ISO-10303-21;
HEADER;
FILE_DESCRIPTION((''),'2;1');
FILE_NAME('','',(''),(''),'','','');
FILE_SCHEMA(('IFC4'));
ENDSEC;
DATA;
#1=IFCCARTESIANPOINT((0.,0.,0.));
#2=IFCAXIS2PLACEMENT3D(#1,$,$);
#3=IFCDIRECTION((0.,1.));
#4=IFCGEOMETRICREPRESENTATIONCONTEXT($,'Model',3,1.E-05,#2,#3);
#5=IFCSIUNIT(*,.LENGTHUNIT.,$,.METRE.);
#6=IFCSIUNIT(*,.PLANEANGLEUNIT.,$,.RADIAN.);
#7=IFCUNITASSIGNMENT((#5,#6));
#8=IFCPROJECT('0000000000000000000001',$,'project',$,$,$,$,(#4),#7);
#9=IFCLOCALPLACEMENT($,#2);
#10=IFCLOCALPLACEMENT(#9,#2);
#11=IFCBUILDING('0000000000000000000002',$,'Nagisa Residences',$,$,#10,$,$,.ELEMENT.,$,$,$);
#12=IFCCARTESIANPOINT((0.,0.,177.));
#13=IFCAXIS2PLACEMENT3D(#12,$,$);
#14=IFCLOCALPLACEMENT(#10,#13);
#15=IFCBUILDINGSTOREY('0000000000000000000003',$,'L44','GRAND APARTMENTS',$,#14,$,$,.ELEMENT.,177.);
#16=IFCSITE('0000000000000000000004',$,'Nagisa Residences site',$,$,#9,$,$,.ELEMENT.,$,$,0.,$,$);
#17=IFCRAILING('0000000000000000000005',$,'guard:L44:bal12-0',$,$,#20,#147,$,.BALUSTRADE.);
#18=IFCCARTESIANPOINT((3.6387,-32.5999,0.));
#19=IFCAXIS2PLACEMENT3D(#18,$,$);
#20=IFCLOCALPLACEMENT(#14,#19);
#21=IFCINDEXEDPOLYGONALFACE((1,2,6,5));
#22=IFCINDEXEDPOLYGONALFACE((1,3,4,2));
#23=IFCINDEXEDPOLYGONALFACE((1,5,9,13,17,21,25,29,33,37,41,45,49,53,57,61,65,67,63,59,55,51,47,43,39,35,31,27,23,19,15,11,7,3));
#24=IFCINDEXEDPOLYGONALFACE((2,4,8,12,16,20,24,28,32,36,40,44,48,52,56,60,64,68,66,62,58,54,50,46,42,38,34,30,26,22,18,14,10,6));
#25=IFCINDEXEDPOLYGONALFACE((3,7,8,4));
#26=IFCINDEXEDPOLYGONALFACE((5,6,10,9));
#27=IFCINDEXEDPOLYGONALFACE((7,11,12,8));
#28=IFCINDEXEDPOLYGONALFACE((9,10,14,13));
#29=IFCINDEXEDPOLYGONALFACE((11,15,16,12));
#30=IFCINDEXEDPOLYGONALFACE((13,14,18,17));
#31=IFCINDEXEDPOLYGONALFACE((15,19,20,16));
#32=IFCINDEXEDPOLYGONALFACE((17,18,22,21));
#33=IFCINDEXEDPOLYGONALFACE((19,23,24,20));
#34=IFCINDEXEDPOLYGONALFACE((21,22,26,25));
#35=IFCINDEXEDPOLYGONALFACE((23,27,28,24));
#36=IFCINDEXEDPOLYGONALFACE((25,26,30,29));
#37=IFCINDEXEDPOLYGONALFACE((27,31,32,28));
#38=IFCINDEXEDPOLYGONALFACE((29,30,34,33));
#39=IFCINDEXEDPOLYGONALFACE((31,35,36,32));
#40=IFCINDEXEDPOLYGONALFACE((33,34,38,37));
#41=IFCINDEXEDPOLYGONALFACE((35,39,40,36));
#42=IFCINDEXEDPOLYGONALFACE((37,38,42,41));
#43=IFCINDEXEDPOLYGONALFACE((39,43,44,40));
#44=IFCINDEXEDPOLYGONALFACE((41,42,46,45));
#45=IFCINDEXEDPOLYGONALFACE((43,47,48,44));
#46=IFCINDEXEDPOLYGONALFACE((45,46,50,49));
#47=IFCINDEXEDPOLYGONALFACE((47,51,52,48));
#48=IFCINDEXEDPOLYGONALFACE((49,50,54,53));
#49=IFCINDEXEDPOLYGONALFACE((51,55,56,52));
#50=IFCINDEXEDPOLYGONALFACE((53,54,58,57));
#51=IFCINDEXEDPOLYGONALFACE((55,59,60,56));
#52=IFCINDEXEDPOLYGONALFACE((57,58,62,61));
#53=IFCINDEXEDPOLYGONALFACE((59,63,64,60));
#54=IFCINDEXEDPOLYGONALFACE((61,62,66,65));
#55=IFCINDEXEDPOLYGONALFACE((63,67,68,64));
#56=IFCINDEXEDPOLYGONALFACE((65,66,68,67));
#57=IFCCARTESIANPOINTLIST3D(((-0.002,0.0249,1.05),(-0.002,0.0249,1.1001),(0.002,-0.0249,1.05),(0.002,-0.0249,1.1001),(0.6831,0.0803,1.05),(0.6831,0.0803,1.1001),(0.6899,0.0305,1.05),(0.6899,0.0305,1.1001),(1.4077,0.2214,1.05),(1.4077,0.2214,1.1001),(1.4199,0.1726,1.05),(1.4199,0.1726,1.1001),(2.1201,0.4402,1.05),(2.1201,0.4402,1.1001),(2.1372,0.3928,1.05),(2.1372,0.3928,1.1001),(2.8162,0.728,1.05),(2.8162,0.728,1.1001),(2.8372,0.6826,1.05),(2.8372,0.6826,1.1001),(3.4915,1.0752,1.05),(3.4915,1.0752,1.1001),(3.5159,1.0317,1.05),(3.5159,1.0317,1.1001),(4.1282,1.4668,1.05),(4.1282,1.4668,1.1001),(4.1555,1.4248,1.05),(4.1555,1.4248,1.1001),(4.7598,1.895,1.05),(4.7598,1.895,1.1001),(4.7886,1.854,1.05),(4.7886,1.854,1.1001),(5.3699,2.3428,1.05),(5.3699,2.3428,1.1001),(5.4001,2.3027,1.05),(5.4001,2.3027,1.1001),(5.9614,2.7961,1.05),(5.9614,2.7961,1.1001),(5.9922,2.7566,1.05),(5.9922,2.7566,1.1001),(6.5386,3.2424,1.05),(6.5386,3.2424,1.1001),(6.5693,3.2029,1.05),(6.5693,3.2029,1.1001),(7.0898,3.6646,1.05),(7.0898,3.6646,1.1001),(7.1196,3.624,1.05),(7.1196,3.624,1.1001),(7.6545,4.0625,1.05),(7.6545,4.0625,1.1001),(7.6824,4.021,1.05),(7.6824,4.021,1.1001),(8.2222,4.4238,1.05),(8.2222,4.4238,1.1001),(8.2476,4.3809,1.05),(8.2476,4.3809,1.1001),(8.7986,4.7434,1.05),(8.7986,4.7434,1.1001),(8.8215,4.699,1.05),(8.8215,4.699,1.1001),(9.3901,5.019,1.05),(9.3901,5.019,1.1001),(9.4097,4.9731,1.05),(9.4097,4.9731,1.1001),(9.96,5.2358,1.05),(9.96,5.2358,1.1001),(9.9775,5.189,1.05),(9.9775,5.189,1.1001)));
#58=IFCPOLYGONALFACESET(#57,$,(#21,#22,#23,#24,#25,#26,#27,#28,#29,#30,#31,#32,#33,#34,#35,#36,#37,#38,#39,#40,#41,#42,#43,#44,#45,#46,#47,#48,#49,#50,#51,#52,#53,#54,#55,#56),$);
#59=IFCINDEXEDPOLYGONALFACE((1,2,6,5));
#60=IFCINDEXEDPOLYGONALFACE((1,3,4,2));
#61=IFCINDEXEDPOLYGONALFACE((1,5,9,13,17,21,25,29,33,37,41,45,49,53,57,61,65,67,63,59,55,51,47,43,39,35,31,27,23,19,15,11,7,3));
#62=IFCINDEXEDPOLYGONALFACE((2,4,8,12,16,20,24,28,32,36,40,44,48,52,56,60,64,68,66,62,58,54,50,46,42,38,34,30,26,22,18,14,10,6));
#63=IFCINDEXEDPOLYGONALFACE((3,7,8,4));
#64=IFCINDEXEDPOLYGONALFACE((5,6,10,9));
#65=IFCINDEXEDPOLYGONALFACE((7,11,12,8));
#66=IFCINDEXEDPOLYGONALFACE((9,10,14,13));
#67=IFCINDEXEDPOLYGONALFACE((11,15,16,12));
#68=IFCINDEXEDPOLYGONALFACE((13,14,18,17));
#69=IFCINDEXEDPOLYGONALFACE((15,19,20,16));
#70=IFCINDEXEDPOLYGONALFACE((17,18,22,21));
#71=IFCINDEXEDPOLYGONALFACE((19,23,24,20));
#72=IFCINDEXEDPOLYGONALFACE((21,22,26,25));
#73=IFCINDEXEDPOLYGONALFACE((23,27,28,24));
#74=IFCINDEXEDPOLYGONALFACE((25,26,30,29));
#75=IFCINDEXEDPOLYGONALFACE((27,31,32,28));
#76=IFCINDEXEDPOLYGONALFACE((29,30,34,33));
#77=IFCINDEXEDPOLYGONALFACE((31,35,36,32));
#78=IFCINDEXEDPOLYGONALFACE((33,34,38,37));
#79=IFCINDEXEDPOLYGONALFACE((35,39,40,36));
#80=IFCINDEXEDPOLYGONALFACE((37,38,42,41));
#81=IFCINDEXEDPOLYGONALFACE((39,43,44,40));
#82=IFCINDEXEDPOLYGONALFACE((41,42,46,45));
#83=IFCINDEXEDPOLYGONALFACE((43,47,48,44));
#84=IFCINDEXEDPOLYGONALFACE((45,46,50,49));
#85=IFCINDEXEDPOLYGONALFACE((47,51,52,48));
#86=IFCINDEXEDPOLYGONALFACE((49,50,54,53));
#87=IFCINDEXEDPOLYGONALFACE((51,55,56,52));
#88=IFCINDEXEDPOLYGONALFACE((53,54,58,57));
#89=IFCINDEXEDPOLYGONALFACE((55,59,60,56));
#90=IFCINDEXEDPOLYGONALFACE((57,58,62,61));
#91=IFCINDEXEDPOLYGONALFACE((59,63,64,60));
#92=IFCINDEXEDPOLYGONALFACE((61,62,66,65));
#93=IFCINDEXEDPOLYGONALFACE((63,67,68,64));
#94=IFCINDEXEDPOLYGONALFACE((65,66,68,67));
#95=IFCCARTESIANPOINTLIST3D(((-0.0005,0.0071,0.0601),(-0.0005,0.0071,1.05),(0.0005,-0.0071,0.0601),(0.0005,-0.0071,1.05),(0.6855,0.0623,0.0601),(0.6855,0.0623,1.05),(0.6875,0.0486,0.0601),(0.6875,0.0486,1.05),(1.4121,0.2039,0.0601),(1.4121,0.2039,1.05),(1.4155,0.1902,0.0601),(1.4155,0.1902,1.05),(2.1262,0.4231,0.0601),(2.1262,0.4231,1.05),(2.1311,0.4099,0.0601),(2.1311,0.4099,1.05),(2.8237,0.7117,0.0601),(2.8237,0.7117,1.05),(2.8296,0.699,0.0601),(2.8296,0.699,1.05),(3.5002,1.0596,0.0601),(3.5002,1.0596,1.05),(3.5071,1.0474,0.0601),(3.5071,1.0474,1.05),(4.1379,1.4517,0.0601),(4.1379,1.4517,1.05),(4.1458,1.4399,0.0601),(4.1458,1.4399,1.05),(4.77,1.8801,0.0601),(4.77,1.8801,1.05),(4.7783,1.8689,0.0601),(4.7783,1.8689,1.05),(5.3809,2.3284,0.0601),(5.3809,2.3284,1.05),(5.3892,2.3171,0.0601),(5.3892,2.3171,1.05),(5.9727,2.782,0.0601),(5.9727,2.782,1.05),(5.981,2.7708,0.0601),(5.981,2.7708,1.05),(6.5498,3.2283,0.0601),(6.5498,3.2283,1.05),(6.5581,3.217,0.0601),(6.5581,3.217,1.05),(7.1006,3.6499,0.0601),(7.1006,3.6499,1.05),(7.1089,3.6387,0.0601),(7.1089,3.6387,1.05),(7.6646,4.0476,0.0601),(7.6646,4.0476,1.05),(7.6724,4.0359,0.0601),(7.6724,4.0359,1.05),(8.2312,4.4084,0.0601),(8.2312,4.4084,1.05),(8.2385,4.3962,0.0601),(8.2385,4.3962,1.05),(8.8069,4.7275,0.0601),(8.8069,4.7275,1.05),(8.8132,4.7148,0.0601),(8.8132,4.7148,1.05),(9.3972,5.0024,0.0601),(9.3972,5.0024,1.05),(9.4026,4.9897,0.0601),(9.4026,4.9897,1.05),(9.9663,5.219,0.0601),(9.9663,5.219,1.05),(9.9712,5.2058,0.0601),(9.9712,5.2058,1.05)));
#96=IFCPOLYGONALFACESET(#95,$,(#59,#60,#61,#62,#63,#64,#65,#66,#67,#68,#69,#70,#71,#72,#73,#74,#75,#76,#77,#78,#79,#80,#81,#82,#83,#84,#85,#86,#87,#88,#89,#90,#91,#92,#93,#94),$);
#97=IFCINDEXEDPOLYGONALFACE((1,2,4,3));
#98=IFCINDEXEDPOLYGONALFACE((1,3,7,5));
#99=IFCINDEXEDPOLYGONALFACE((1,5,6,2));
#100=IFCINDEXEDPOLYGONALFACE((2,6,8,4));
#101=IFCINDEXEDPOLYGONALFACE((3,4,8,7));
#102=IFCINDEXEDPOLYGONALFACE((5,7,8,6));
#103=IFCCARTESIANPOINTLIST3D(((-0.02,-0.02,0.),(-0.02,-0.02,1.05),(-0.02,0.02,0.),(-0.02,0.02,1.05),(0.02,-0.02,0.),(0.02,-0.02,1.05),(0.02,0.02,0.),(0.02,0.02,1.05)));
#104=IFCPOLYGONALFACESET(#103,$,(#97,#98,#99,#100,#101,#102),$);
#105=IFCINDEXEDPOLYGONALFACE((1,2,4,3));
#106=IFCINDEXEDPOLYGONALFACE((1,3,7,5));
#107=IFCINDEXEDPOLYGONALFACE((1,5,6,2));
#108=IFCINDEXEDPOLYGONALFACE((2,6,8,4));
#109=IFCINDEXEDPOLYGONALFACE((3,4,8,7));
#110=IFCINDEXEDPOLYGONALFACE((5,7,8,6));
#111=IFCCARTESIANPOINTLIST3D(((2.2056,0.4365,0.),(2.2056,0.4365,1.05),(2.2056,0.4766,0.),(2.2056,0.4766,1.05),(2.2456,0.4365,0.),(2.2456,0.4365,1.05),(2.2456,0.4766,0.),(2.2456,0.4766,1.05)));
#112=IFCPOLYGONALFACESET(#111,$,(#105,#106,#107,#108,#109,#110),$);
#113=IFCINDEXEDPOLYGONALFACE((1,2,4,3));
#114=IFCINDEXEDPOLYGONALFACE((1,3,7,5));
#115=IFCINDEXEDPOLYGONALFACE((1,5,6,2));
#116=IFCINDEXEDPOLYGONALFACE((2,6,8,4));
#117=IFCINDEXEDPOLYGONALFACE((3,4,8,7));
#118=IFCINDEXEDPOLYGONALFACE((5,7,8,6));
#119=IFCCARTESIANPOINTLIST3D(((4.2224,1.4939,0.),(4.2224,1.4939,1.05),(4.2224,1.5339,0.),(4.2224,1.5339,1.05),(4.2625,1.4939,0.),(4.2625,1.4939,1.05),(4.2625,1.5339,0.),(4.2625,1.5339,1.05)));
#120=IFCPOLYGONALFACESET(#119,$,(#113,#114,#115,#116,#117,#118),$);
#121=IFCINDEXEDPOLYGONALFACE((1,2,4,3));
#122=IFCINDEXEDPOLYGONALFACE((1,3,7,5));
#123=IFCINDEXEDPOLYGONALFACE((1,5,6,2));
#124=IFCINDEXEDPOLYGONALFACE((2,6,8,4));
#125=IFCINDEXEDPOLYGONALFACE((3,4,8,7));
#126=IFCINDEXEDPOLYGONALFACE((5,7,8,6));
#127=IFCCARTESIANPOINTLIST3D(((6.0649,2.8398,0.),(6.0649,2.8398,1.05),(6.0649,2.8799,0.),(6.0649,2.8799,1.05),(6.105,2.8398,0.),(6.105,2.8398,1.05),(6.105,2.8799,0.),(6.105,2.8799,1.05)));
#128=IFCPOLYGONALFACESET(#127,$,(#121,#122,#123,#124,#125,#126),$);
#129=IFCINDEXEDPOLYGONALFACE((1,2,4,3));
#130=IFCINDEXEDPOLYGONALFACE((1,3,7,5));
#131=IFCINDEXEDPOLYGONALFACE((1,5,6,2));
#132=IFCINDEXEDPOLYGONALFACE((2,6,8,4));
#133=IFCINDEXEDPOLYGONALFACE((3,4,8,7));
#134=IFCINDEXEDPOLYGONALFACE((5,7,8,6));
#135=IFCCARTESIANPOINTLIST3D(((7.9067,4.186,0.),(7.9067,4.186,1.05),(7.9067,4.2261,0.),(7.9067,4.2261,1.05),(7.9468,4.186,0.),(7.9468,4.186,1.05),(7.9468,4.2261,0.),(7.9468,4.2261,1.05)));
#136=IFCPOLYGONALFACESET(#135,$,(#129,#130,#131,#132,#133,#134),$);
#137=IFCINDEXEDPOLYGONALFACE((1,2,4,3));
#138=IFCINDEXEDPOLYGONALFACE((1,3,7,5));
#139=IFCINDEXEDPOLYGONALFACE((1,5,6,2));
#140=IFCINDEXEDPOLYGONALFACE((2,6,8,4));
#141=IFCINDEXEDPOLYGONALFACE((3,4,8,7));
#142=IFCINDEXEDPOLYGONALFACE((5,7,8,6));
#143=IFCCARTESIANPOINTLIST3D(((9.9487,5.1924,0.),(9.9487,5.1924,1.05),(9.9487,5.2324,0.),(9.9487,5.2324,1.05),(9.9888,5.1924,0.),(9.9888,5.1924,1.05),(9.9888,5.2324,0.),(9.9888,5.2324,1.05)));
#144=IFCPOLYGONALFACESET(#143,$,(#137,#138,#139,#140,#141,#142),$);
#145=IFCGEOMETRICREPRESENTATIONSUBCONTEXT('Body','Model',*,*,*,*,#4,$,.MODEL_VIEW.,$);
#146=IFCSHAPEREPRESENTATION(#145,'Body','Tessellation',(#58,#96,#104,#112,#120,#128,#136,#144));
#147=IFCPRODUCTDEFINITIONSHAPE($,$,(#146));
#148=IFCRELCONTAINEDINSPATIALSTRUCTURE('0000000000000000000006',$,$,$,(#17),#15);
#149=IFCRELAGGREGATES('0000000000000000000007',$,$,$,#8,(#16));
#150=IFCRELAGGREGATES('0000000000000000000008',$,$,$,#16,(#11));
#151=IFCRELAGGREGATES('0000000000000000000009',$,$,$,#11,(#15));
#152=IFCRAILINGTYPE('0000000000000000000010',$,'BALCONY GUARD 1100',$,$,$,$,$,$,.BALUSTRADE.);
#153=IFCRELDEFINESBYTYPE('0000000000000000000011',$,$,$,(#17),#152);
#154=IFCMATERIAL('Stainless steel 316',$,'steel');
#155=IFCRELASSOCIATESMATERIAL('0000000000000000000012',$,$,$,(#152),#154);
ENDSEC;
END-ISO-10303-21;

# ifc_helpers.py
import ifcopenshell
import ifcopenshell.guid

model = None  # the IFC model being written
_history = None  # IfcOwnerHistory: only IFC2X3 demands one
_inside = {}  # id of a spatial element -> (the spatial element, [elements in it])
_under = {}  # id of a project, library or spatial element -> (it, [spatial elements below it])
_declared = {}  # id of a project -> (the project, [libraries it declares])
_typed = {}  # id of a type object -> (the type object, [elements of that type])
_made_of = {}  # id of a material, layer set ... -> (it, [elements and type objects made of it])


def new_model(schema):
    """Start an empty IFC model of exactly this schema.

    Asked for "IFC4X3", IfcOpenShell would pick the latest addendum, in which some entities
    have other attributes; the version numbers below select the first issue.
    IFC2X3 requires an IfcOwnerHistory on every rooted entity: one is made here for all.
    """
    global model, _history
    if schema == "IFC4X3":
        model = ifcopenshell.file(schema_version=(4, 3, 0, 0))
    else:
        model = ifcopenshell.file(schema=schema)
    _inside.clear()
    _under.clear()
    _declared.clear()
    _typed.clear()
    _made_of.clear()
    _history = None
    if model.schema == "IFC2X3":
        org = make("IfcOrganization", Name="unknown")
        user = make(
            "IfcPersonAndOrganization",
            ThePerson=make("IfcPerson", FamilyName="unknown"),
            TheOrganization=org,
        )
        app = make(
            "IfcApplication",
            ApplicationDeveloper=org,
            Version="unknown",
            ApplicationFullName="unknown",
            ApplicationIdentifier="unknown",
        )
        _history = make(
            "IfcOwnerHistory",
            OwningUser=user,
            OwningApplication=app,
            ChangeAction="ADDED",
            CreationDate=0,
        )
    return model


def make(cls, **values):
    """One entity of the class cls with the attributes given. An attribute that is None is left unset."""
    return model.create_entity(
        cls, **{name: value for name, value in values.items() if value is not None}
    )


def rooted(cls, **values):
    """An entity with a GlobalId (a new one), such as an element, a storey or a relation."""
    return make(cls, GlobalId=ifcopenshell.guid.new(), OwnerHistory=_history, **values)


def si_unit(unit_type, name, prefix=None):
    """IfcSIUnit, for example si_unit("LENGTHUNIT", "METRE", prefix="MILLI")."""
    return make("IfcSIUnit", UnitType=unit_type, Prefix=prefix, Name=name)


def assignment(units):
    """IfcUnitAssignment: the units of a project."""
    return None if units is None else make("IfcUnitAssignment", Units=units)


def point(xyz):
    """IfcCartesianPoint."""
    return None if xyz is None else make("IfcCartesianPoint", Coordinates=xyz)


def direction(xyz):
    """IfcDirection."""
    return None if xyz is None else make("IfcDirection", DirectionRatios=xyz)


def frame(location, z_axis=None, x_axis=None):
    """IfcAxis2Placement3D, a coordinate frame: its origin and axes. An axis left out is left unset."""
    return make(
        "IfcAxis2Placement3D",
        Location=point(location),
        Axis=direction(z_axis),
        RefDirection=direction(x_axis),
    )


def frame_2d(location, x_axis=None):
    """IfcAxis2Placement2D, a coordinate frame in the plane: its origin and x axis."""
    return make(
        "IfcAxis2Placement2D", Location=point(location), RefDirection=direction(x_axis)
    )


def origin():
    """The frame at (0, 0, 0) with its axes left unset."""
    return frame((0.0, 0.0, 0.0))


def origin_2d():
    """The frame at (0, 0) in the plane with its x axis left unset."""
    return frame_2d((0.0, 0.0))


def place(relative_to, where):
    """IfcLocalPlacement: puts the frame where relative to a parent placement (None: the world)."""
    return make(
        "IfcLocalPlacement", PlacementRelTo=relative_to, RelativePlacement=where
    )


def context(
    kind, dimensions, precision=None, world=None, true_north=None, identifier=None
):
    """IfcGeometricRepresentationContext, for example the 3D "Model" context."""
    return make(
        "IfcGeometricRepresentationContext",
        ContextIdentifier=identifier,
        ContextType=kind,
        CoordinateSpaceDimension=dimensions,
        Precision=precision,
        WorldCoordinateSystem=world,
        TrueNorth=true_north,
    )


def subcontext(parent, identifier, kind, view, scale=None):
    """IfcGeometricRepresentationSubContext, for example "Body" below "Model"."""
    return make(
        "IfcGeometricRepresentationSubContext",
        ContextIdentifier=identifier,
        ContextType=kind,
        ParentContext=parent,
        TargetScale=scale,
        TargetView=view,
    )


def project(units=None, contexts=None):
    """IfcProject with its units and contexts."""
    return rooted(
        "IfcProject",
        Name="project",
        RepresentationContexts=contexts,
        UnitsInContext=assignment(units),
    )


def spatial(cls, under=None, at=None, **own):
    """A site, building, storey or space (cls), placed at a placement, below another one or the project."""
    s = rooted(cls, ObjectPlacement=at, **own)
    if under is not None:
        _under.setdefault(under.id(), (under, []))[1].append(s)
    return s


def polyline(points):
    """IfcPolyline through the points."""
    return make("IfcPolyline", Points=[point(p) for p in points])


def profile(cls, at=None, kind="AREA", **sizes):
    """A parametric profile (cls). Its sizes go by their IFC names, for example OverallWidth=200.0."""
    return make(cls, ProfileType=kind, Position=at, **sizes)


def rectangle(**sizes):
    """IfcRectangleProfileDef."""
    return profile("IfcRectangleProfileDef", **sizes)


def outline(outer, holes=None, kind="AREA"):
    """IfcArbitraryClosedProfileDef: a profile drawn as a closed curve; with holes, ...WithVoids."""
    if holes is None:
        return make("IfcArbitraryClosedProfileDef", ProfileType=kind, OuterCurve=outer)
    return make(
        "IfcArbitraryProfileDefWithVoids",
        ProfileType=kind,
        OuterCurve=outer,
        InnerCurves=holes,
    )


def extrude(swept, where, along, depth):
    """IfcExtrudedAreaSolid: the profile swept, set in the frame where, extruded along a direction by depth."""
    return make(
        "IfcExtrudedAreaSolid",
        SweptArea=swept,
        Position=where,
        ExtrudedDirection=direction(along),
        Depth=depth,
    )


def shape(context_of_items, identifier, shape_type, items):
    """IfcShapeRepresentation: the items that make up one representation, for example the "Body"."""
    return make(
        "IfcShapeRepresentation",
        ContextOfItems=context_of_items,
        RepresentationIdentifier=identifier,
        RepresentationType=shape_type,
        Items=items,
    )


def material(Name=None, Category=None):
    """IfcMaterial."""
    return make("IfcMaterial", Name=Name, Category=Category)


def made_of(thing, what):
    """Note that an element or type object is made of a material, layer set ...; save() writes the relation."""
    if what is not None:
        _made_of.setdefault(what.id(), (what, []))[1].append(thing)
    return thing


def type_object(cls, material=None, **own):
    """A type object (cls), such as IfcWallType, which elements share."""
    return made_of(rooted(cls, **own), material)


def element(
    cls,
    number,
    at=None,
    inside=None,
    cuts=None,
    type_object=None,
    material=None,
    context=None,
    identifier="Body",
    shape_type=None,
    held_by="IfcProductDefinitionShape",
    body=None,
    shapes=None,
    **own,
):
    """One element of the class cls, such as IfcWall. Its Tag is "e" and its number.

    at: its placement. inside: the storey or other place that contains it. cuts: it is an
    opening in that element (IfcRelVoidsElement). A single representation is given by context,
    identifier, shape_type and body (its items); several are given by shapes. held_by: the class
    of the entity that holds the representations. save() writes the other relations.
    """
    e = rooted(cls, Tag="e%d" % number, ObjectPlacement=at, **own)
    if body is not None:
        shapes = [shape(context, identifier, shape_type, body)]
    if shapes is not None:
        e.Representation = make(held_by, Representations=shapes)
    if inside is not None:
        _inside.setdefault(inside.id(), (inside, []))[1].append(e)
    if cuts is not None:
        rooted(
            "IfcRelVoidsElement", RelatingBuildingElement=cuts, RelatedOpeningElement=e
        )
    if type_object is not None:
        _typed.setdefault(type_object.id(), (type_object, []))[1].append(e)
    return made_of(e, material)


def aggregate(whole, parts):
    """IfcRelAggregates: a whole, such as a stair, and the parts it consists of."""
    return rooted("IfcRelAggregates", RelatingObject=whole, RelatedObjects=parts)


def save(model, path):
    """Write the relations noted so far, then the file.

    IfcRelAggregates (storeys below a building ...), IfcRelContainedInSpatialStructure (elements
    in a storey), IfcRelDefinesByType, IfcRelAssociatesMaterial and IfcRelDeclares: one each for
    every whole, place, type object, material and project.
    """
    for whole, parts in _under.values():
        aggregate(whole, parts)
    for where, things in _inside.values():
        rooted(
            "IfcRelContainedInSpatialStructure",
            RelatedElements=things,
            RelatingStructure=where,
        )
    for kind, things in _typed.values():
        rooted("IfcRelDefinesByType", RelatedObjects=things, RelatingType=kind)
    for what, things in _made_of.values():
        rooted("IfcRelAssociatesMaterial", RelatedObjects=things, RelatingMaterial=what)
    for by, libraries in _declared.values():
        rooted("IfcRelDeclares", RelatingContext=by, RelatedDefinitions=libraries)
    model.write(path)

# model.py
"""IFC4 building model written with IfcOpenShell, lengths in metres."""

from ifc_helpers import new_model, si_unit, direction, frame, origin, origin_2d, place, context, subcontext, project, spatial, polyline, rectangle, outline, extrude, material, type_object, element, save


model = new_model("IFC4")

# Units and contexts
model_context = context("Model", 3, precision=1e-05, world=origin(), true_north=direction((0.0, 1.0)))
body_context = subcontext(model_context, "Body", "Model", "MODEL_VIEW")
ifc_project = project(units=[si_unit("LENGTHUNIT", "METRE"), si_unit("PLANEANGLEUNIT", "RADIAN")], contexts=[model_context])

# Site, building, storey
site_placement = place(None, origin())
site = spatial("IfcSite", under=ifc_project, at=site_placement, Name="Nagisa Residences site", CompositionType="ELEMENT", RefElevation=0.0)
building_placement = place(site_placement, origin())
building = spatial("IfcBuilding", under=site, at=building_placement, Name="Nagisa Residences", CompositionType="ELEMENT")
storey_placement = place(building_placement, frame((0.0, 0.0, 177.0)))
storey = spatial("IfcBuildingStorey", under=building, at=storey_placement, Name="L44", Description="GRAND APARTMENTS", CompositionType="ELEMENT", Elevation=177.0)

# Railing
ifc_material_1 = material(Name="Stainless steel 316", Category="steel")
railing_type = type_object("IfcRailingType", Name="BALCONY GUARD 1100", PredefinedType="BALUSTRADE", material=ifc_material_1)
railing_placement = place(storey_placement, frame((3.6387, -32.5999, 0.0)))
element("IfcRailing", 1, at=railing_placement, inside=storey, type_object=railing_type, Name="guard:L44:bal12-0", PredefinedType="BALUSTRADE", context=body_context, shape_type="SweptSolid", body=[
    extrude(outline(polyline([(0.6831, 0.0803), (-0.002, 0.0249), (0.002, -0.0249), (0.6899, 0.0305), (1.4199, 0.1726), (2.1372, 0.3928), (2.8372, 0.6826), (3.5159, 1.0317), (4.1555, 1.4248), (4.7886, 1.854), (5.4001, 2.3027), (5.9922, 2.7566), (6.5693, 3.2029), (7.1196, 3.624), (7.6824, 4.021), (8.2476, 4.3809), (8.8215, 4.699), (9.4097, 4.9731), (9.9775, 5.189), (9.96, 5.2358), (9.3901, 5.019), (8.7986, 4.7434), (8.2222, 4.4238), (7.6545, 4.0625), (7.0898, 3.6646), (6.5386, 3.2424), (5.9614, 2.7961), (5.3699, 2.3428), (4.7598, 1.895), (4.1282, 1.4668), (3.4915, 1.0752), (2.8162, 0.728), (2.1201, 0.4402), (1.4077, 0.2214), (0.6831, 0.0803)])), frame((0.0, 0.0, 1.05)), (0.0, 0.0, 1.0), 0.05),
    extrude(outline(polyline([(0.6855, 0.0623), (-0.0005, 0.0071), (0.0005, -0.0071), (0.6875, 0.0486), (1.4155, 0.1902), (2.1311, 0.4099), (2.8296, 0.699), (3.5071, 1.0474), (4.1458, 1.4399), (4.7783, 1.8689), (5.3892, 2.3171), (5.981, 2.7708), (6.5581, 3.217), (7.1089, 3.6387), (7.6724, 4.0359), (8.2385, 4.3962), (8.8132, 4.7148), (9.4026, 4.9897), (9.9712, 5.2058), (9.9663, 5.219), (9.3972, 5.0024), (8.8069, 4.7275), (8.2312, 4.4084), (7.6646, 4.0476), (7.1006, 3.6499), (6.5498, 3.2283), (5.9727, 2.782), (5.3809, 2.3284), (4.77, 1.8801), (4.1379, 1.4517), (3.5002, 1.0596), (2.8237, 0.7117), (2.1262, 0.4231), (1.4121, 0.2039), (0.6855, 0.0623)])), frame((0.0, 0.0, 0.0601)), (0.0, 0.0, 1.0), 0.99),
    extrude(rectangle(XDim=0.04, YDim=0.04, at=origin_2d()), origin(), (0.0, 0.0, 1.0), 1.05),
    extrude(rectangle(XDim=0.04, YDim=0.04, at=origin_2d()), frame((2.2256, 0.4565, 0.0)), (0.0, 0.0, 1.0), 1.05),
    extrude(rectangle(XDim=0.04, YDim=0.04, at=origin_2d()), frame((4.2424, 1.5139, 0.0)), (0.0, 0.0, 1.0), 1.05),
    extrude(rectangle(XDim=0.04, YDim=0.04, at=origin_2d()), frame((6.085, 2.8599, 0.0)), (0.0, 0.0, 1.0), 1.05),
    extrude(rectangle(XDim=0.04, YDim=0.04, at=origin_2d()), frame((7.9268, 4.2061, 0.0)), (0.0, 0.0, 1.0), 1.05),
    extrude(rectangle(XDim=0.04, YDim=0.04, at=origin_2d()), frame((9.9688, 5.2124, 0.0)), (0.0, 0.0, 1.0), 1.05),
])

save(model, "model.ifc")
